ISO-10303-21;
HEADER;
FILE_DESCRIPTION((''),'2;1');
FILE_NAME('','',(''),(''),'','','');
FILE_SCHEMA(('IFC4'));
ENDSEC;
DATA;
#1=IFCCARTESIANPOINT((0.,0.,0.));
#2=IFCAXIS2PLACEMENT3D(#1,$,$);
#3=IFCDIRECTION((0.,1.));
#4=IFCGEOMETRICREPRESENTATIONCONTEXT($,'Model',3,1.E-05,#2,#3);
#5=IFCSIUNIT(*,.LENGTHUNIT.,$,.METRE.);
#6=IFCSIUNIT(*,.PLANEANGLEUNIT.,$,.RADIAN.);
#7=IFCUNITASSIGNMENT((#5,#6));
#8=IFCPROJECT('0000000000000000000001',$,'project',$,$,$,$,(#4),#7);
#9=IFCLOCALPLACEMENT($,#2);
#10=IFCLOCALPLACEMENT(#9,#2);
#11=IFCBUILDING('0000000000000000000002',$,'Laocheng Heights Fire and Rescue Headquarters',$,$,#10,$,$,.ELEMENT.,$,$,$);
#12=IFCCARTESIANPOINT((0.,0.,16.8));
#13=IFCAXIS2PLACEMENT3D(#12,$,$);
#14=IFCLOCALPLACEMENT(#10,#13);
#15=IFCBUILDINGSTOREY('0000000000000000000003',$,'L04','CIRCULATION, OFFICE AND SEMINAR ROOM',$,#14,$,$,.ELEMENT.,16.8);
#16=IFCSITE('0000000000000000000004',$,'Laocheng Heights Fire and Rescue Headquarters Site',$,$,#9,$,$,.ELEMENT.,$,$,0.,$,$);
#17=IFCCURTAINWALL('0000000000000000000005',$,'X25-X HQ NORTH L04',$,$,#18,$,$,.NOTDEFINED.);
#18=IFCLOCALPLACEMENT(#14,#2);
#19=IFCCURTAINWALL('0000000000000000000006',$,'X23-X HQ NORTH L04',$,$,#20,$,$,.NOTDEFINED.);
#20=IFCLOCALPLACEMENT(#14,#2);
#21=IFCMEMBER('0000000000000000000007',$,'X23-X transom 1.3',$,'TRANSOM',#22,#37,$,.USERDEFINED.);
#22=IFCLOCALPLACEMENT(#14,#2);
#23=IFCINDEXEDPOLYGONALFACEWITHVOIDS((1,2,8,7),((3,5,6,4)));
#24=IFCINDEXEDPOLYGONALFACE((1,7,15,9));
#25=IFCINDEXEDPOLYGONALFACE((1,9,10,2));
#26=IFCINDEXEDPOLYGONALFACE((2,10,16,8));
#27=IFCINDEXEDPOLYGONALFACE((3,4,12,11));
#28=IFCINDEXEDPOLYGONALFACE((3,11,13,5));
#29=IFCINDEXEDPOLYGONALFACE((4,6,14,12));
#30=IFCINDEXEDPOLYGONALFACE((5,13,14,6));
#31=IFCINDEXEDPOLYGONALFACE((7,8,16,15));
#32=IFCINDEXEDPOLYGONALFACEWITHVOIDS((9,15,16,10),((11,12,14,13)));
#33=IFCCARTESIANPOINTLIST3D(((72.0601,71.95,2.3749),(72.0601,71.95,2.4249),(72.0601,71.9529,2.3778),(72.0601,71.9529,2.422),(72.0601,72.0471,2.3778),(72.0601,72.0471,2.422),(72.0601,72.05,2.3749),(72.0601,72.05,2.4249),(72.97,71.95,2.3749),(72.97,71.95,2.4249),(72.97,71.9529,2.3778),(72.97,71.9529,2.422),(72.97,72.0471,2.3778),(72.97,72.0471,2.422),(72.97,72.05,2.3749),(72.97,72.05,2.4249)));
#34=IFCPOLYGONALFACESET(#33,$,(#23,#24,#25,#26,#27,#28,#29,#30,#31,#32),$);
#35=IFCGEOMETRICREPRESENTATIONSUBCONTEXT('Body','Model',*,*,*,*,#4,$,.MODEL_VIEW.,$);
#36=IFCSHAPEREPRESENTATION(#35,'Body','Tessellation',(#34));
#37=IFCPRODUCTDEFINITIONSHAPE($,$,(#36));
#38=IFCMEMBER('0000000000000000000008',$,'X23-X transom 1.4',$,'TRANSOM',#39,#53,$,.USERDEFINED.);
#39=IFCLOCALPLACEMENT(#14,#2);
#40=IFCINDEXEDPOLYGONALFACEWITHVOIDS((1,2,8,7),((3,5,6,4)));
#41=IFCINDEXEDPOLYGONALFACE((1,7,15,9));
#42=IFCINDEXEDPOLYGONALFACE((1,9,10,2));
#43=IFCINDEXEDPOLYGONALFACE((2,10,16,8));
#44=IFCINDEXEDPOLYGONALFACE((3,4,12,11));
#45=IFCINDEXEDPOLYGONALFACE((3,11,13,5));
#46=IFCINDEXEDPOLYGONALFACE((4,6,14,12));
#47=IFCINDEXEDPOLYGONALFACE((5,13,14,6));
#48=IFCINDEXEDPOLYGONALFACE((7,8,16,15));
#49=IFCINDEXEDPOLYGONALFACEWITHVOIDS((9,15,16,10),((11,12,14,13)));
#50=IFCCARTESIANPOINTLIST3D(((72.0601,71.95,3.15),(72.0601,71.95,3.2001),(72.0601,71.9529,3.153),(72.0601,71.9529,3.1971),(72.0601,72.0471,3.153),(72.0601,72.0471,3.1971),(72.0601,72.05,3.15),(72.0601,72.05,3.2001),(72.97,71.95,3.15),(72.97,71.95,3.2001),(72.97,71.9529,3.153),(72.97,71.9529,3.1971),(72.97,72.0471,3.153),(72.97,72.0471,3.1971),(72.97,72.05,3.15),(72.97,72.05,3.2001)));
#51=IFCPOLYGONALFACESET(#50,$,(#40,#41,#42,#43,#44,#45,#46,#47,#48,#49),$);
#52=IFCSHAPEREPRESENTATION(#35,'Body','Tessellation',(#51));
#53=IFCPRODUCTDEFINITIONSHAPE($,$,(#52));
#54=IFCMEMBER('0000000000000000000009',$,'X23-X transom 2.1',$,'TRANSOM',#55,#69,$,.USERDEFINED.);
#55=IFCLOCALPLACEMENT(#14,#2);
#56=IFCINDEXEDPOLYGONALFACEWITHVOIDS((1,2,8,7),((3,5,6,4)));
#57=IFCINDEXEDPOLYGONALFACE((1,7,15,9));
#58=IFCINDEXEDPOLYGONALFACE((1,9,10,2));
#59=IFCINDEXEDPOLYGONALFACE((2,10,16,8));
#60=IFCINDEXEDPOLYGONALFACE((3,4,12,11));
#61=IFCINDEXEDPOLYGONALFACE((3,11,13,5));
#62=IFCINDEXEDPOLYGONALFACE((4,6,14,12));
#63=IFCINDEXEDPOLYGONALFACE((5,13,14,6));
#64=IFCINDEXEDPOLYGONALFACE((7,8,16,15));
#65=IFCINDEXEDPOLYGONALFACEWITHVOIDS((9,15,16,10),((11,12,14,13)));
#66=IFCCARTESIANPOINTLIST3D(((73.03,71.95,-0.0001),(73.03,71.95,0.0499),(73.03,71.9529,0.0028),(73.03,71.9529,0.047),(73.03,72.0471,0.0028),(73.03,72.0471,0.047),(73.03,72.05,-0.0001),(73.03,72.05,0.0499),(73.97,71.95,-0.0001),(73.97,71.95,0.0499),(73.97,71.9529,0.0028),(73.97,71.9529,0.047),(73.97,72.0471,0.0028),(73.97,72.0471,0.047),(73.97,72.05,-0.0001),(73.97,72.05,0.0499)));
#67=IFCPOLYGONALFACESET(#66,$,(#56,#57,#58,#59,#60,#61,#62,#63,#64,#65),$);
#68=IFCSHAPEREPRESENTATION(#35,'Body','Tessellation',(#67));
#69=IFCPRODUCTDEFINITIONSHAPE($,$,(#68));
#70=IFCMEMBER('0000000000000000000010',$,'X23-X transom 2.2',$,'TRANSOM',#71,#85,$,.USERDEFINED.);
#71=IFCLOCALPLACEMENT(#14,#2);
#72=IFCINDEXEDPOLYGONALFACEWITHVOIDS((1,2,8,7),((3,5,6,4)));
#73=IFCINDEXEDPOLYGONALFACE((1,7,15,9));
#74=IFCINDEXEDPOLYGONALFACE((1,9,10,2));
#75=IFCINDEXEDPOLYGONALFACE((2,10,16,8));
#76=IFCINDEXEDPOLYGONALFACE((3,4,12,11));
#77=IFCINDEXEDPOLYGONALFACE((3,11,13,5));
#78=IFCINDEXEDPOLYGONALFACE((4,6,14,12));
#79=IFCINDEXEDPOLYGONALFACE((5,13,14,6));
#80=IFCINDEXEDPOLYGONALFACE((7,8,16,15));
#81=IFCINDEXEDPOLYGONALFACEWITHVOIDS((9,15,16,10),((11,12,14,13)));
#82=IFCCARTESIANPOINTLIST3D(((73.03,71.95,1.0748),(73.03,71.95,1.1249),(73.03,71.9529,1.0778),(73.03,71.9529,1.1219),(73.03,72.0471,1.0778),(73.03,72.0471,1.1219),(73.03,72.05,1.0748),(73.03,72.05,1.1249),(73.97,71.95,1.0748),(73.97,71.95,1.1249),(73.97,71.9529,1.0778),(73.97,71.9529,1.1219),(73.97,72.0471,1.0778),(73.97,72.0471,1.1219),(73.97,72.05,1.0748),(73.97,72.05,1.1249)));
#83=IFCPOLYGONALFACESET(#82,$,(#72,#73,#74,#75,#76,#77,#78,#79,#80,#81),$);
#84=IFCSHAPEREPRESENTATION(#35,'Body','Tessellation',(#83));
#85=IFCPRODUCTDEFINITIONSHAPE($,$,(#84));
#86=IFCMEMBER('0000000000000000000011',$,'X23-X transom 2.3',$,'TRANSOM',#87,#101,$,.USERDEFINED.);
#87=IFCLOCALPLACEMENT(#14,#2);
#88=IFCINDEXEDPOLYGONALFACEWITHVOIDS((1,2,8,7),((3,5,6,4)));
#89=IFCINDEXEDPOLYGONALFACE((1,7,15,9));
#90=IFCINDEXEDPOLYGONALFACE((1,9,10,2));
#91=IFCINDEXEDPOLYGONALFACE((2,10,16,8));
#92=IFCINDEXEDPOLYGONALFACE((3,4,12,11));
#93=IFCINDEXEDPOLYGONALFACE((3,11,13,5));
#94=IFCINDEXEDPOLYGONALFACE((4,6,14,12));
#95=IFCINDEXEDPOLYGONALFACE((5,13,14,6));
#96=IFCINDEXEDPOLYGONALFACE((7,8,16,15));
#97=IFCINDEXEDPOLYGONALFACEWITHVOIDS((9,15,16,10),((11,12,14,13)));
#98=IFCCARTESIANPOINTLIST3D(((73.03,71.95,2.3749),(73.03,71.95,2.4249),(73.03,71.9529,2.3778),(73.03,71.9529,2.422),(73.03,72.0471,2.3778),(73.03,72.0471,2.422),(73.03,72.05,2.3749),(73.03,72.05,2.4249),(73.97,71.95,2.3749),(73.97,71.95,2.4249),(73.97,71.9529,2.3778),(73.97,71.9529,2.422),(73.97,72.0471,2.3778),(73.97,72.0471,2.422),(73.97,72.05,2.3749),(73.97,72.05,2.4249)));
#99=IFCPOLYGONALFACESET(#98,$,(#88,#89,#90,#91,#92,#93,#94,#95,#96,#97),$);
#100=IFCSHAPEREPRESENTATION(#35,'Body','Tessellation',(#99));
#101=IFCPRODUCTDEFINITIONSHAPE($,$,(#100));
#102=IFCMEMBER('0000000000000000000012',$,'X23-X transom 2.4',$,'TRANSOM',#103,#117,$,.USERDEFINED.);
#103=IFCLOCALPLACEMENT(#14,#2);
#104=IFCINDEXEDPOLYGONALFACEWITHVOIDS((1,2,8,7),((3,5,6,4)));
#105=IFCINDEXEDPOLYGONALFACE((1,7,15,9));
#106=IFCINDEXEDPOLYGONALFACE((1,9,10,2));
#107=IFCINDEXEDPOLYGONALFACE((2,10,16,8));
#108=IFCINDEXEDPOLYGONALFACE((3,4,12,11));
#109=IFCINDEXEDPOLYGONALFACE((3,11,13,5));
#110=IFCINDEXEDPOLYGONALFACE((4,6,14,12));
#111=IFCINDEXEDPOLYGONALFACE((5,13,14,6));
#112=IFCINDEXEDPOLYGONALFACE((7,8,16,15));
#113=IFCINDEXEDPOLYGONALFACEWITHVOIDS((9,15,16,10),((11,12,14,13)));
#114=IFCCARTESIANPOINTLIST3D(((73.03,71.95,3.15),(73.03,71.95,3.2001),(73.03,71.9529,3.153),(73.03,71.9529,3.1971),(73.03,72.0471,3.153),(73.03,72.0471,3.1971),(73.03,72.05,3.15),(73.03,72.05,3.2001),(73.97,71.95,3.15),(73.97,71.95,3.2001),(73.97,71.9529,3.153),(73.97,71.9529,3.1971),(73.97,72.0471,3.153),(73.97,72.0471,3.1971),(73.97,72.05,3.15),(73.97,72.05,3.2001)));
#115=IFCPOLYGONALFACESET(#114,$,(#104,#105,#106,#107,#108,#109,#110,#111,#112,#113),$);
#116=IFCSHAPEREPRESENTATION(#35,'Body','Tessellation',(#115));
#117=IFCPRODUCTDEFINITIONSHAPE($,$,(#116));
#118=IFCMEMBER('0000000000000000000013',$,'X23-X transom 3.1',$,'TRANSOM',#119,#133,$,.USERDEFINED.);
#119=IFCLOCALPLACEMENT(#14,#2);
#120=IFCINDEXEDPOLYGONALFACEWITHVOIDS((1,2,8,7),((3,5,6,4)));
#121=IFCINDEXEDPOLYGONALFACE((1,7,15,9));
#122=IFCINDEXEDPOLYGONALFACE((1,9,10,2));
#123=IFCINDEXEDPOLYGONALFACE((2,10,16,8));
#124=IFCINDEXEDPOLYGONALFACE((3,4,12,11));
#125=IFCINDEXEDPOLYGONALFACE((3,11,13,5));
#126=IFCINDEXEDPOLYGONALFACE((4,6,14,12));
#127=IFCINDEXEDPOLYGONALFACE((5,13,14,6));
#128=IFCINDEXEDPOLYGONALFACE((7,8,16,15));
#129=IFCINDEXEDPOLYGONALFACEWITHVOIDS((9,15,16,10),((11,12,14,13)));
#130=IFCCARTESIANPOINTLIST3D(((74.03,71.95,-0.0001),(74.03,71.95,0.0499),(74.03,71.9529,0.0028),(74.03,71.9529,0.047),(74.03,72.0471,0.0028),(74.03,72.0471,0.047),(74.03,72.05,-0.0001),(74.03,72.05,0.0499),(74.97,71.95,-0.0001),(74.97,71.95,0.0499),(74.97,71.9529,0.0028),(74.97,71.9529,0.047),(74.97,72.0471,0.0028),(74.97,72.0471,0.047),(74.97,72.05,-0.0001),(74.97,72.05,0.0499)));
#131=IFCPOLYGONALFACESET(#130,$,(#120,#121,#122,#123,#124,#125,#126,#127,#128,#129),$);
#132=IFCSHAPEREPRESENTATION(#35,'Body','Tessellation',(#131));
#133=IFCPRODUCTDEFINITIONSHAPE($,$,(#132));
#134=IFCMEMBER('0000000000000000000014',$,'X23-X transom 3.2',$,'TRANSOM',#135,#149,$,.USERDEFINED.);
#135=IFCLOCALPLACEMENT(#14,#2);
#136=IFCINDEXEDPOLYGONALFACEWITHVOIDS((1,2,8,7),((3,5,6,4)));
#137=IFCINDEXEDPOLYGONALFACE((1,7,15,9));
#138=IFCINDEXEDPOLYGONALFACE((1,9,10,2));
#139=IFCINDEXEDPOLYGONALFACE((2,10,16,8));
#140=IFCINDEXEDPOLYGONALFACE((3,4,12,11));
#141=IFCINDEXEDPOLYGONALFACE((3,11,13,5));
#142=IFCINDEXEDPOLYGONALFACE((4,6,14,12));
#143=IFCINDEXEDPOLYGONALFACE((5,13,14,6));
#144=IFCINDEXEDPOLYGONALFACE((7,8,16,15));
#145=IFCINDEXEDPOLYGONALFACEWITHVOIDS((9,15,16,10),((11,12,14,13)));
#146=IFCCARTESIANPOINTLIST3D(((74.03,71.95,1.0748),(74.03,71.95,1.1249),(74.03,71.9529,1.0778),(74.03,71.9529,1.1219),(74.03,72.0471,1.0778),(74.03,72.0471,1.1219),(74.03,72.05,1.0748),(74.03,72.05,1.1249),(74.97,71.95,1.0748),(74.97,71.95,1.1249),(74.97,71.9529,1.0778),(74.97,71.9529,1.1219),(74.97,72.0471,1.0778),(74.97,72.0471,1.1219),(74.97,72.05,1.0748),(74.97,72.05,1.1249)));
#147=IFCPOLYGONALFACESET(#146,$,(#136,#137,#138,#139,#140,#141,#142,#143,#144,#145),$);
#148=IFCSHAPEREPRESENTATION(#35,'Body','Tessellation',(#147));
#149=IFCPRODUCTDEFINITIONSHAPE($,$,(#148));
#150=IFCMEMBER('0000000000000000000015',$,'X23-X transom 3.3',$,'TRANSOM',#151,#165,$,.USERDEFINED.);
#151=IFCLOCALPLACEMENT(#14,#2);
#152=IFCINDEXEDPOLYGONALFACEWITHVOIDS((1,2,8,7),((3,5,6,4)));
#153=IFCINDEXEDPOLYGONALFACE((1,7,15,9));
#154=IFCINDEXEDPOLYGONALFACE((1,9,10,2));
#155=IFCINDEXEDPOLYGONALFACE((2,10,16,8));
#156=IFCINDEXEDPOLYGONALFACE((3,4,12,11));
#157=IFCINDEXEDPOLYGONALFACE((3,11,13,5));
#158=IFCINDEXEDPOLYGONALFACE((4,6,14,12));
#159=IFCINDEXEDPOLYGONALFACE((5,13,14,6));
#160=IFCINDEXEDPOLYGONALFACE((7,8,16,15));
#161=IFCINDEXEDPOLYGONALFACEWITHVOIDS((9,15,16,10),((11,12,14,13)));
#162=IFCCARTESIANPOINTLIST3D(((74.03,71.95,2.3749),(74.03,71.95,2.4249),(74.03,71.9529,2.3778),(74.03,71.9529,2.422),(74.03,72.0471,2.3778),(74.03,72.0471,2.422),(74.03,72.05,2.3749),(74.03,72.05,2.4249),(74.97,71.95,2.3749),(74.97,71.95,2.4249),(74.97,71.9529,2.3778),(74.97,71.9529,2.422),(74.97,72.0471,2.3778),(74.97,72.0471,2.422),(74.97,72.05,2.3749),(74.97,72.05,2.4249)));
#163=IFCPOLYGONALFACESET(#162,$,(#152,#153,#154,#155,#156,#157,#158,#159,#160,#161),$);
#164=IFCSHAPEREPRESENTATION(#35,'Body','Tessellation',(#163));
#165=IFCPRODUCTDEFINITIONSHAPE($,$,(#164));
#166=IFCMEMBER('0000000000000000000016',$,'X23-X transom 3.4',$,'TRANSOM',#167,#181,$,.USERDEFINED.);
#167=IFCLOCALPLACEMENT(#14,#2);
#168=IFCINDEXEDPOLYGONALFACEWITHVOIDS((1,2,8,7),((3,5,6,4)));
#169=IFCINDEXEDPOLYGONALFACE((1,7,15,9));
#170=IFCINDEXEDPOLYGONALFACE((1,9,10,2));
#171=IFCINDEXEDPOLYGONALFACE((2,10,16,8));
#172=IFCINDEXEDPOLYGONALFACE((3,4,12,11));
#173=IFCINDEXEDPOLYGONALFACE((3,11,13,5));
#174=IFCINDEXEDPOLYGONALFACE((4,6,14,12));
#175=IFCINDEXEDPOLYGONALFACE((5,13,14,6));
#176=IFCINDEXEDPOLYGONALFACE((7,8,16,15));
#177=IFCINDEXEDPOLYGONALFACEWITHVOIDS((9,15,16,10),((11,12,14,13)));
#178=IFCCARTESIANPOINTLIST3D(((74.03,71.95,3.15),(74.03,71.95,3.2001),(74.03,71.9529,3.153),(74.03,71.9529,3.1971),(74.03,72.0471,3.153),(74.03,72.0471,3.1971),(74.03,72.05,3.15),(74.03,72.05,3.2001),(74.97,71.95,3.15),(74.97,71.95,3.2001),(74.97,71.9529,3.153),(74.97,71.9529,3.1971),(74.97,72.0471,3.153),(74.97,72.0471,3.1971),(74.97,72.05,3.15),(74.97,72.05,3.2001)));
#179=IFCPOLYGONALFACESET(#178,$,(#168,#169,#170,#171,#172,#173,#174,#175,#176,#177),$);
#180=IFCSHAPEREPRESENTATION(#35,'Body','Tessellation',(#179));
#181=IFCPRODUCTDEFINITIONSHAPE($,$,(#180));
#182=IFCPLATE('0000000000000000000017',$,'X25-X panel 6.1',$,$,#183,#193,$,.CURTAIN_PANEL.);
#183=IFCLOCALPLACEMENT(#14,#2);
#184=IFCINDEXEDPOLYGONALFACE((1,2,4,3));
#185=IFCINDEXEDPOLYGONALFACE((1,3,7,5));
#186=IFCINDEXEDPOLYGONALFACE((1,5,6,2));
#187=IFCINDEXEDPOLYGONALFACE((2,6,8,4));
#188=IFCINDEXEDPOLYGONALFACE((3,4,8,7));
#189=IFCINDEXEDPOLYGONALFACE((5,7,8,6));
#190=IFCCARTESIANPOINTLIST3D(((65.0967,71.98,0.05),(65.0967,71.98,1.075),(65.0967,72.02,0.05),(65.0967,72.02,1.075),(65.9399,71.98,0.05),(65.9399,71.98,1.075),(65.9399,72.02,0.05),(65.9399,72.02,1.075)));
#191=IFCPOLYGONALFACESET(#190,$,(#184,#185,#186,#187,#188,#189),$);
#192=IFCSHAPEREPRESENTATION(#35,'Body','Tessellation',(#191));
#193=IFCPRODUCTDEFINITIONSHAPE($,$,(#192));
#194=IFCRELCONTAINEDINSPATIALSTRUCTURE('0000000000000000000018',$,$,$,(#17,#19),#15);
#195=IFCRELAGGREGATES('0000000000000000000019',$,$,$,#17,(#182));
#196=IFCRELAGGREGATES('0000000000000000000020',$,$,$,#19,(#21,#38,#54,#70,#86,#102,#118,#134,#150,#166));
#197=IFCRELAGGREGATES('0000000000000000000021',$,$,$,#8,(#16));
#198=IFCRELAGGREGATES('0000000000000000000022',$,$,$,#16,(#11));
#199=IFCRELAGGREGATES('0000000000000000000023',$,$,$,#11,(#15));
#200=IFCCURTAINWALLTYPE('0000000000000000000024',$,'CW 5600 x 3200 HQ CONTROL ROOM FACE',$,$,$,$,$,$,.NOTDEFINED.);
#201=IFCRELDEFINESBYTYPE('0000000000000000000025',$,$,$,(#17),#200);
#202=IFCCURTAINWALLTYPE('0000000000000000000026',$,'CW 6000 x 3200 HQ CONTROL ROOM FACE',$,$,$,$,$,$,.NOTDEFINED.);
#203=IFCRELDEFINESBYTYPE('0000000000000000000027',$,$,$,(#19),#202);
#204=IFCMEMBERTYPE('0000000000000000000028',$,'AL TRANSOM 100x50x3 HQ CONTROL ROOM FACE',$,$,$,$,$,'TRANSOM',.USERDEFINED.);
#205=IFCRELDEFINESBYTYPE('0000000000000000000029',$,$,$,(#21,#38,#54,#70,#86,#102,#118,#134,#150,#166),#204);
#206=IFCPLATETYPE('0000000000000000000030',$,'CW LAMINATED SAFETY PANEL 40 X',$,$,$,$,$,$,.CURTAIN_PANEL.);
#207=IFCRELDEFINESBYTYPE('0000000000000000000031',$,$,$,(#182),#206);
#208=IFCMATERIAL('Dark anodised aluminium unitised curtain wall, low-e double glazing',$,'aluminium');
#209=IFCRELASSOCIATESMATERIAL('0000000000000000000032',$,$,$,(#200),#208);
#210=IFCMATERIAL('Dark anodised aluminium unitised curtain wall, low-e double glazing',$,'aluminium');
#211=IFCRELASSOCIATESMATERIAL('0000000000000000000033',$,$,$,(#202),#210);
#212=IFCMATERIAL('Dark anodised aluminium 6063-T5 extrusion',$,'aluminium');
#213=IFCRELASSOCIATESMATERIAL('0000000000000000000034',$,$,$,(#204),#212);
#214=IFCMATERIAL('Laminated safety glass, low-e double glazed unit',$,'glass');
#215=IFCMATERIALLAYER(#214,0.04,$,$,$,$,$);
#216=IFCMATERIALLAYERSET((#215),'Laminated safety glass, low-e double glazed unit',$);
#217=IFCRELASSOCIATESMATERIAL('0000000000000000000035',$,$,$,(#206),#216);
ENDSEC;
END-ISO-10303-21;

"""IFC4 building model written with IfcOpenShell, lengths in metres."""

from ifc_helpers import new_model, si_unit, direction, frame, origin, origin_2d, place, context, subcontext, project, spatial, rectangle, hollow_rectangle, extrude, material, layer, layer_set, material_profile, profile_set, type_object, element, aggregate, save


model = new_model("IFC4")

# Units and contexts
model_context = context("Model", 3, precision=1e-05, world=origin(), true_north=direction((0.0, 1.0)))
body_context = subcontext(model_context, "Body", "Model", "MODEL_VIEW")
ifc_project = project(units=[si_unit("LENGTHUNIT", "METRE"), si_unit("PLANEANGLEUNIT", "RADIAN")], contexts=[model_context])

# Site, building, storey
site_placement = place(None, origin())
site = spatial("IfcSite", under=ifc_project, at=site_placement, Name="Laocheng Heights Fire and Rescue Headquarters Site", CompositionType="ELEMENT", RefElevation=0.0)
building_placement = place(site_placement, origin())
building = spatial("IfcBuilding", under=site, at=building_placement, Name="Laocheng Heights Fire and Rescue Headquarters", CompositionType="ELEMENT")
storey_placement = place(building_placement, frame((0.0, 0.0, 16.8)))
storey = spatial("IfcBuildingStorey", under=building, at=storey_placement, Name="L04", Description="CIRCULATION, OFFICE AND SEMINAR ROOM", CompositionType="ELEMENT", Elevation=16.8)

# Curtain walls
ifc_material_1 = material(Name="Dark anodised aluminium unitised curtain wall, low-e double glazing", Category="aluminium")
curtain_wall_type_1 = type_object("IfcCurtainWallType", Name="CW 5600 x 3200 HQ CONTROL ROOM FACE", PredefinedType="NOTDEFINED", material=ifc_material_1)
curtain_wall_1_placement = place(storey_placement, origin())
curtain_wall_1 = element("IfcCurtainWall", 1, at=curtain_wall_1_placement, inside=storey, type_object=curtain_wall_type_1, Name="X25-X HQ NORTH L04", PredefinedType="NOTDEFINED")
ifc_material_2 = material(Name="Dark anodised aluminium unitised curtain wall, low-e double glazing", Category="aluminium")
curtain_wall_type_2 = type_object("IfcCurtainWallType", Name="CW 6000 x 3200 HQ CONTROL ROOM FACE", PredefinedType="NOTDEFINED", material=ifc_material_2)
curtain_wall_2_placement = place(storey_placement, origin())
curtain_wall_2 = element("IfcCurtainWall", 2, at=curtain_wall_2_placement, inside=storey, type_object=curtain_wall_type_2, Name="X23-X HQ NORTH L04", PredefinedType="NOTDEFINED")

# Members
ifc_material_3 = material(Name="Dark anodised aluminium 6063-T5 extrusion", Category="aluminium")
ifc_material_profile_1 = material_profile(ifc_material_3, hollow_rectangle(XDim=0.1001, YDim=0.05, WallThickness=0.0029, at=origin_2d()), Name="AL TRANSOM 100x50x3 HQ CONTROL ROOM FACE")
ifc_profile_set_1 = profile_set([ifc_material_profile_1], Name="Dark anodised aluminium 6063-T5 extrusion")
member_type_1 = type_object("IfcMemberType", Name="AL TRANSOM 100x50x3 HQ CONTROL ROOM FACE", ElementType="TRANSOM", PredefinedType="USERDEFINED", material=ifc_profile_set_1)
member_1_placement = place(storey_placement, frame((72.0601, 72.0, 2.3999), z_axis=(1.0, 0.0, 0.0), x_axis=(0.0, 1.0, 0.0)))
member_1 = element("IfcMember", 3, at=member_1_placement, type_object=member_type_1, Name="X23-X transom 1.3", ObjectType="TRANSOM", PredefinedType="USERDEFINED", context=body_context, shape_type="SweptSolid", body=[
    extrude(hollow_rectangle(XDim=0.1001, YDim=0.05, WallThickness=0.0029, at=origin_2d()), origin(), (0.0, 0.0, 1.0), 0.9099),
])
member_2_placement = place(storey_placement, frame((72.0601, 72.0, 3.175), z_axis=(1.0, 0.0, 0.0), x_axis=(0.0, 1.0, 0.0)))
member_2 = element("IfcMember", 4, at=member_2_placement, type_object=member_type_1, Name="X23-X transom 1.4", ObjectType="TRANSOM", PredefinedType="USERDEFINED", context=body_context, shape_type="SweptSolid", body=[
    extrude(hollow_rectangle(XDim=0.1001, YDim=0.05, WallThickness=0.0029, at=origin_2d()), origin(), (0.0, 0.0, 1.0), 0.9099),
])
member_3_placement = place(storey_placement, frame((73.03, 72.0, 0.0249), z_axis=(1.0, 0.0, 0.0), x_axis=(0.0, 1.0, 0.0)))
member_3 = element("IfcMember", 5, at=member_3_placement, type_object=member_type_1, Name="X23-X transom 2.1", ObjectType="TRANSOM", PredefinedType="USERDEFINED", context=body_context, shape_type="SweptSolid", body=[
    extrude(hollow_rectangle(XDim=0.1001, YDim=0.05, WallThickness=0.0029, at=origin_2d()), origin(), (0.0, 0.0, 1.0), 0.9399),
])
member_4_placement = place(storey_placement, frame((73.03, 72.0, 1.0999), z_axis=(1.0, 0.0, 0.0), x_axis=(0.0, 1.0, 0.0)))
member_4 = element("IfcMember", 6, at=member_4_placement, type_object=member_type_1, Name="X23-X transom 2.2", ObjectType="TRANSOM", PredefinedType="USERDEFINED", context=body_context, shape_type="SweptSolid", body=[
    extrude(hollow_rectangle(XDim=0.1001, YDim=0.05, WallThickness=0.0029, at=origin_2d()), origin(), (0.0, 0.0, 1.0), 0.9399),
])
member_5_placement = place(storey_placement, frame((73.03, 72.0, 2.3999), z_axis=(1.0, 0.0, 0.0), x_axis=(0.0, 1.0, 0.0)))
member_5 = element("IfcMember", 7, at=member_5_placement, type_object=member_type_1, Name="X23-X transom 2.3", ObjectType="TRANSOM", PredefinedType="USERDEFINED", context=body_context, shape_type="SweptSolid", body=[
    extrude(hollow_rectangle(XDim=0.1001, YDim=0.05, WallThickness=0.0029, at=origin_2d()), origin(), (0.0, 0.0, 1.0), 0.9399),
])
member_6_placement = place(storey_placement, frame((73.03, 72.0, 3.175), z_axis=(1.0, 0.0, 0.0), x_axis=(0.0, 1.0, 0.0)))
member_6 = element("IfcMember", 8, at=member_6_placement, type_object=member_type_1, Name="X23-X transom 2.4", ObjectType="TRANSOM", PredefinedType="USERDEFINED", context=body_context, shape_type="SweptSolid", body=[
    extrude(hollow_rectangle(XDim=0.1001, YDim=0.05, WallThickness=0.0029, at=origin_2d()), origin(), (0.0, 0.0, 1.0), 0.9399),
])
member_7_placement = place(storey_placement, frame((74.03, 72.0, 0.0249), z_axis=(1.0, 0.0, 0.0), x_axis=(0.0, 1.0, 0.0)))
member_7 = element("IfcMember", 9, at=member_7_placement, type_object=member_type_1, Name="X23-X transom 3.1", ObjectType="TRANSOM", PredefinedType="USERDEFINED", context=body_context, shape_type="SweptSolid", body=[
    extrude(hollow_rectangle(XDim=0.1001, YDim=0.05, WallThickness=0.0029, at=origin_2d()), origin(), (0.0, 0.0, 1.0), 0.9399),
])
member_8_placement = place(storey_placement, frame((74.03, 72.0, 1.0999), z_axis=(1.0, 0.0, 0.0), x_axis=(0.0, 1.0, 0.0)))
member_8 = element("IfcMember", 10, at=member_8_placement, type_object=member_type_1, Name="X23-X transom 3.2", ObjectType="TRANSOM", PredefinedType="USERDEFINED", context=body_context, shape_type="SweptSolid", body=[
    extrude(hollow_rectangle(XDim=0.1001, YDim=0.05, WallThickness=0.0029, at=origin_2d()), origin(), (0.0, 0.0, 1.0), 0.9399),
])
member_9_placement = place(storey_placement, frame((74.03, 72.0, 2.3999), z_axis=(1.0, 0.0, 0.0), x_axis=(0.0, 1.0, 0.0)))
member_9 = element("IfcMember", 11, at=member_9_placement, type_object=member_type_1, Name="X23-X transom 3.3", ObjectType="TRANSOM", PredefinedType="USERDEFINED", context=body_context, shape_type="SweptSolid", body=[
    extrude(hollow_rectangle(XDim=0.1001, YDim=0.05, WallThickness=0.0029, at=origin_2d()), origin(), (0.0, 0.0, 1.0), 0.9399),
])
member_10_placement = place(storey_placement, frame((74.03, 72.0, 3.175), z_axis=(1.0, 0.0, 0.0), x_axis=(0.0, 1.0, 0.0)))
member_10 = element("IfcMember", 12, at=member_10_placement, type_object=member_type_1, Name="X23-X transom 3.4", ObjectType="TRANSOM", PredefinedType="USERDEFINED", context=body_context, shape_type="SweptSolid", body=[
    extrude(hollow_rectangle(XDim=0.1001, YDim=0.05, WallThickness=0.0029, at=origin_2d()), origin(), (0.0, 0.0, 1.0), 0.9399),
])

# Plate
ifc_material_4 = material(Name="Laminated safety glass, low-e double glazed unit", Category="glass")
ifc_layer_1 = layer(ifc_material_4, 0.04)
ifc_layer_set_1 = layer_set([ifc_layer_1], Name="Laminated safety glass, low-e double glazed unit")
plate_type_1 = type_object("IfcPlateType", Name="CW LAMINATED SAFETY PANEL 40 X", PredefinedType="CURTAIN_PANEL", material=ifc_layer_set_1)
plate_1_placement = place(storey_placement, frame((65.5183, 72.0, 0.05), z_axis=(0.0, 0.0, 1.0), x_axis=(1.0, 0.0, 0.0)))
plate_1 = element("IfcPlate", 13, at=plate_1_placement, type_object=plate_type_1, Name="X25-X panel 6.1", PredefinedType="CURTAIN_PANEL", context=body_context, shape_type="SweptSolid", body=[
    extrude(rectangle(XDim=0.8433, YDim=0.04, at=origin_2d()), origin(), (0.0, 0.0, 1.0), 1.0249),
])
aggregate(curtain_wall_1, [plate_1])
aggregate(curtain_wall_2, [member_1, member_2, member_3, member_4, member_5, member_6, member_7, member_8, member_9, member_10])

save(model, "model.ifc")
